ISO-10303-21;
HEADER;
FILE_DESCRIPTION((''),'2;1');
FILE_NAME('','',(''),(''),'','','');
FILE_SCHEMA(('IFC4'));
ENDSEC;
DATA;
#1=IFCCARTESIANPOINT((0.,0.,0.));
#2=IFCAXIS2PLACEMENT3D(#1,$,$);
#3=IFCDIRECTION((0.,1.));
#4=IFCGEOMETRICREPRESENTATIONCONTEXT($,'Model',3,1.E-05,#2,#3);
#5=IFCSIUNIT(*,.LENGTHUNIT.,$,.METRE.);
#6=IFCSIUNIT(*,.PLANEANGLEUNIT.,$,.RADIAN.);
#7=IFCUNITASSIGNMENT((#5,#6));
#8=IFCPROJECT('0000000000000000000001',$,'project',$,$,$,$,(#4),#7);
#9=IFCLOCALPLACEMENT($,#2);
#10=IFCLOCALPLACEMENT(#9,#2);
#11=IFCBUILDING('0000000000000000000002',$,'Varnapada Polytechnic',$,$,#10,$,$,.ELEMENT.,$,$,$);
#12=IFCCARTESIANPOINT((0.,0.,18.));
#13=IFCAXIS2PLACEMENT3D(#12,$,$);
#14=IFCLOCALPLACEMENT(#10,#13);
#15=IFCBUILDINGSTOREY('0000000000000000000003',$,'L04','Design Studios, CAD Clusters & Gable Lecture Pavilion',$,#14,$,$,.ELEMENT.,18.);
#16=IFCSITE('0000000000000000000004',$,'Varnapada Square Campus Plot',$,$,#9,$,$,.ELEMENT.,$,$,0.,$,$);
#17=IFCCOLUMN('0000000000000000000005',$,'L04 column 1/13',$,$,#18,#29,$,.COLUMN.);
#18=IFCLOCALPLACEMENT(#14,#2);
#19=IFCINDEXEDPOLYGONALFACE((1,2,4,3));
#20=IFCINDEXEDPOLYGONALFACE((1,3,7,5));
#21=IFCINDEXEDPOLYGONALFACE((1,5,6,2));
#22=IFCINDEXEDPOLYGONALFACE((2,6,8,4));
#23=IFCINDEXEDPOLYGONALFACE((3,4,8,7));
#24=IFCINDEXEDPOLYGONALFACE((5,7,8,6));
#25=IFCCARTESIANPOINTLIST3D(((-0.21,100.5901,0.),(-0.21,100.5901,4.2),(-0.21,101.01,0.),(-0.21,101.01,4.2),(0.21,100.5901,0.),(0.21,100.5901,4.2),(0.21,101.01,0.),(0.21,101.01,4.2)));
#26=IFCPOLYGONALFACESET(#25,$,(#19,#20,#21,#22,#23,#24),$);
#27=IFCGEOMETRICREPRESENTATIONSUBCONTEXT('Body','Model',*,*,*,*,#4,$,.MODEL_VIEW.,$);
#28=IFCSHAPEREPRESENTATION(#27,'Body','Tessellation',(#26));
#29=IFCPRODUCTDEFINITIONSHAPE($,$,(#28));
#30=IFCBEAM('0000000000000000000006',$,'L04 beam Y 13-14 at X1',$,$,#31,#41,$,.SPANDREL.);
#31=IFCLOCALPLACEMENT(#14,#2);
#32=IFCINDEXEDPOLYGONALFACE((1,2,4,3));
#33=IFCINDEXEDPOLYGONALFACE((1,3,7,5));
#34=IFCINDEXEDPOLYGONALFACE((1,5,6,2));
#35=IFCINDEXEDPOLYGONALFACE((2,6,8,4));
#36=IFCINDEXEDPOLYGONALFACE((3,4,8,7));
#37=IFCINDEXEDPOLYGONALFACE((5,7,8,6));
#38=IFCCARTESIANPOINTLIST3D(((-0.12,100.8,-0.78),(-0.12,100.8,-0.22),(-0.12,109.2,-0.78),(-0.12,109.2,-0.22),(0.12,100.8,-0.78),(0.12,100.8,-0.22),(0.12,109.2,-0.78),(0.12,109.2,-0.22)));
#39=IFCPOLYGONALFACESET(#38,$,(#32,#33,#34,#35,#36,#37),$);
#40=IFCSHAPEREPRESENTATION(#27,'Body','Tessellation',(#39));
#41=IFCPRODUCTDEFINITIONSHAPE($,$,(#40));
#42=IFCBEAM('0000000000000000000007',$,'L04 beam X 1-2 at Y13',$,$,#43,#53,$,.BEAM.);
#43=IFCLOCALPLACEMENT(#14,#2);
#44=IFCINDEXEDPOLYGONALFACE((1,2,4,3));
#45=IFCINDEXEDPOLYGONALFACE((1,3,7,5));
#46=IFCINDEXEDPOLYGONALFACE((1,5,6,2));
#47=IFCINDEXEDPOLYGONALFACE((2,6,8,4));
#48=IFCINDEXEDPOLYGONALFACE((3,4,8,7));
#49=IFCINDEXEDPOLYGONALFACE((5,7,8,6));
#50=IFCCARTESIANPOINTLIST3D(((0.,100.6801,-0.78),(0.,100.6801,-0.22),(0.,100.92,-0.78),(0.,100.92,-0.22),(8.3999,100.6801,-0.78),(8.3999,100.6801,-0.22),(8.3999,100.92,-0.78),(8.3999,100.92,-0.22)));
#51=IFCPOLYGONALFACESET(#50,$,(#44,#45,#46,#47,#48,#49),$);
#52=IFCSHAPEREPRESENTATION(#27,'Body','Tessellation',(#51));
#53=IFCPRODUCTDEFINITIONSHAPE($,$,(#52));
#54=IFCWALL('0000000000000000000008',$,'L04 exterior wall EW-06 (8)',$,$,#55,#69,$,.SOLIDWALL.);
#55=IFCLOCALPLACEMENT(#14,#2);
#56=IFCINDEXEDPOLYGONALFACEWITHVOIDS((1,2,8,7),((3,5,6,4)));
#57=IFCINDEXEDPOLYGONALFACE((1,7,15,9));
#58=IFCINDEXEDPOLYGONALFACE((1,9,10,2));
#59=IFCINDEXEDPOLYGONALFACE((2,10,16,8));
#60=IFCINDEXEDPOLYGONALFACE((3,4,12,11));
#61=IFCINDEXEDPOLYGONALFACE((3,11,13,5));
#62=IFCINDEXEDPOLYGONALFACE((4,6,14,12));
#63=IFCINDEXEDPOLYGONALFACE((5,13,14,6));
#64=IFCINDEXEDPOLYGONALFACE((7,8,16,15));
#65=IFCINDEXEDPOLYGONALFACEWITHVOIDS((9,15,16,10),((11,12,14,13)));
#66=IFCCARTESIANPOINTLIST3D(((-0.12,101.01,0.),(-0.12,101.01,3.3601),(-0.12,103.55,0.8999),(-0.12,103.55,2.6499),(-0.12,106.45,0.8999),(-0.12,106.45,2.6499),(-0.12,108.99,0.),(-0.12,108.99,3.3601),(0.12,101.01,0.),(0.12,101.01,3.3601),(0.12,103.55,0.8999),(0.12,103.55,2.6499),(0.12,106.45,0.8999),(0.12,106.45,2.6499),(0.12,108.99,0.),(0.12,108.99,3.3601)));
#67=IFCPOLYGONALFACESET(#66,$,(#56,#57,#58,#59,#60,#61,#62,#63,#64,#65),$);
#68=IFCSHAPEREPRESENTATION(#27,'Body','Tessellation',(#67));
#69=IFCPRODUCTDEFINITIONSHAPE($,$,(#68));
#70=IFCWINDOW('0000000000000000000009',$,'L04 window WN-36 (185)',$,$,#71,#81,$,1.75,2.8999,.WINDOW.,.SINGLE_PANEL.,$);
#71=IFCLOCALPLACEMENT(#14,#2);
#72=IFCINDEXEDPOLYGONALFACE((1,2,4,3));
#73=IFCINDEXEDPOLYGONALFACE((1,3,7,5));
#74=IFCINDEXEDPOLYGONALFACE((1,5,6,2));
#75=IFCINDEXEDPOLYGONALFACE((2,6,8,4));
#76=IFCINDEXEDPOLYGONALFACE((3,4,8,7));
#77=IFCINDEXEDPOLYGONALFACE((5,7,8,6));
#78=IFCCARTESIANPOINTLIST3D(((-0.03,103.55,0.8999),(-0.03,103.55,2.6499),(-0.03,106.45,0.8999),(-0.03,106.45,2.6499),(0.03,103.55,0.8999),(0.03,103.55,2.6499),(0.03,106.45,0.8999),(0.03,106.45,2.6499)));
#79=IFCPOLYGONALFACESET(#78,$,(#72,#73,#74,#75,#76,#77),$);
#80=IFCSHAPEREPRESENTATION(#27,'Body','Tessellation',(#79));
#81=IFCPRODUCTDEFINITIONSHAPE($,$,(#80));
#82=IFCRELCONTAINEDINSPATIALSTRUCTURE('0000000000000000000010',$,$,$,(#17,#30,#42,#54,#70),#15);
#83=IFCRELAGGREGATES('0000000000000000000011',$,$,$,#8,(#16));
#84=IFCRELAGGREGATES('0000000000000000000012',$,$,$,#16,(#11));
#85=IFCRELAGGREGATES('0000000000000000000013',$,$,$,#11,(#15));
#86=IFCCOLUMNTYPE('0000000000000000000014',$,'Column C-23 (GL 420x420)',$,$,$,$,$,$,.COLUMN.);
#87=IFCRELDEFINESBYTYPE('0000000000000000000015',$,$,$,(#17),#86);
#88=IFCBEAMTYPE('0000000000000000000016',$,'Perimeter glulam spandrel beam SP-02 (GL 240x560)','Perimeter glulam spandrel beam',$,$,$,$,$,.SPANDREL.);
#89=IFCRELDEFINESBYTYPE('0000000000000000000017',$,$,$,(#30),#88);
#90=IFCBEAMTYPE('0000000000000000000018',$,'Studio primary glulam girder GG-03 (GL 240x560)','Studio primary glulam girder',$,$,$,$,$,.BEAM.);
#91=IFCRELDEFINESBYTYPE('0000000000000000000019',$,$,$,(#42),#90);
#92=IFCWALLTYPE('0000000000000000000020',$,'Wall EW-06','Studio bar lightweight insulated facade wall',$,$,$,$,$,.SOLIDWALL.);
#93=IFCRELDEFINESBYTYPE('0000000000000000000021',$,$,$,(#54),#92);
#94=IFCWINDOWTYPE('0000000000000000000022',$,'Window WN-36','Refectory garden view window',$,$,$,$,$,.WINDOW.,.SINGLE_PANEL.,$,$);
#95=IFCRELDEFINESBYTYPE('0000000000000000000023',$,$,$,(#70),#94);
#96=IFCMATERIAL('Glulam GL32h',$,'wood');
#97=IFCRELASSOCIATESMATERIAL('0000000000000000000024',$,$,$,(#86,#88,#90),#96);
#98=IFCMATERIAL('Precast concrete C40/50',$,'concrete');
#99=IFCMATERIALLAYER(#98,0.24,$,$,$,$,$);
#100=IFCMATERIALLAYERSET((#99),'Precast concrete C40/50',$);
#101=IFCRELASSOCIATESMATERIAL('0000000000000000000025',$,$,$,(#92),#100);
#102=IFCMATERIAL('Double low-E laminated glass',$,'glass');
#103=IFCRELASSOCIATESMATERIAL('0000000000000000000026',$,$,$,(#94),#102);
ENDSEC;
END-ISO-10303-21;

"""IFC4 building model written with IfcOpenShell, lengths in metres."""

from ifc_helpers import new_model, si_unit, direction, frame, frame_2d, origin, origin_2d, place, context, subcontext, project, spatial, rectangle, extrude, material, layer, layer_set, material_profile, profile_set, type_object, element, fill, save


model = new_model("IFC4")

# Units and contexts
model_context = context("Model", 3, precision=1e-05, world=origin(), true_north=direction((0.0, 1.0)))
body_context = subcontext(model_context, "Body", "Model", "MODEL_VIEW")
ifc_project = project(units=[si_unit("LENGTHUNIT", "METRE"), si_unit("PLANEANGLEUNIT", "RADIAN")], contexts=[model_context])

# Site, building, storey
site_placement = place(None, origin())
site = spatial("IfcSite", under=ifc_project, at=site_placement, Name="Varnapada Square Campus Plot", CompositionType="ELEMENT", RefElevation=0.0)
building_placement = place(site_placement, origin())
building = spatial("IfcBuilding", under=site, at=building_placement, Name="Varnapada Polytechnic", CompositionType="ELEMENT")
storey_placement = place(building_placement, frame((0.0, 0.0, 18.0)))
storey = spatial("IfcBuildingStorey", under=building, at=storey_placement, Name="L04", Description="Design Studios, CAD Clusters & Gable Lecture Pavilion", CompositionType="ELEMENT", Elevation=18.0)

# Column
ifc_material_1 = material(Name="Glulam GL32h", Category="wood")
ifc_material_profile_1 = material_profile(ifc_material_1, rectangle(XDim=0.4199, YDim=0.4199, at=origin_2d()), Name="GL 420x420")
ifc_profile_set_1 = profile_set([ifc_material_profile_1], Name="Glulam GL32h")
column_type = type_object("IfcColumnType", Name="Column C-23 (GL 420x420)", PredefinedType="COLUMN", material=ifc_profile_set_1)
column_placement = place(storey_placement, frame((0.0, 100.8, 0.0), z_axis=(0.0, 0.0, 1.0), x_axis=(1.0, 0.0, 0.0)))
element("IfcColumn", 1, at=column_placement, inside=storey, type_object=column_type, Name="L04 column 1/13", PredefinedType="COLUMN", context=body_context, shape_type="SweptSolid", body=[
    extrude(rectangle(XDim=0.4199, YDim=0.4199, at=origin_2d()), origin(), (0.0, 0.0, 1.0), 4.2),
])

# Beams
ifc_material_profile_2 = material_profile(ifc_material_1, rectangle(XDim=0.24, YDim=0.5601, at=origin_2d()), Name="GL 240x560")
ifc_profile_set_2 = profile_set([ifc_material_profile_2], Name="Glulam GL32h")
beam_type_1 = type_object("IfcBeamType", Name="Perimeter glulam spandrel beam SP-02 (GL 240x560)", Description="Perimeter glulam spandrel beam", PredefinedType="SPANDREL", material=ifc_profile_set_2)
beam_1_placement = place(storey_placement, frame((0.0, 100.8, -0.5), z_axis=(0.0, 1.0, 0.0), x_axis=(-1.0, 0.0, 0.0)))
element("IfcBeam", 2, at=beam_1_placement, inside=storey, type_object=beam_type_1, Name="L04 beam Y 13-14 at X1", PredefinedType="SPANDREL", context=body_context, shape_type="SweptSolid", body=[
    extrude(rectangle(XDim=0.24, YDim=0.5601, at=origin_2d()), origin(), (0.0, 0.0, 1.0), 8.3999),
])
ifc_material_profile_3 = material_profile(ifc_material_1, rectangle(XDim=0.24, YDim=0.5601, at=origin_2d()), Name="GL 240x560")
ifc_profile_set_3 = profile_set([ifc_material_profile_3], Name="Glulam GL32h")
beam_type_2 = type_object("IfcBeamType", Name="Studio primary glulam girder GG-03 (GL 240x560)", Description="Studio primary glulam girder", PredefinedType="BEAM", material=ifc_profile_set_3)
beam_2_placement = place(storey_placement, frame((0.0, 100.8, -0.5), z_axis=(1.0, 0.0, 0.0), x_axis=(0.0, 1.0, 0.0)))
element("IfcBeam", 3, at=beam_2_placement, inside=storey, type_object=beam_type_2, Name="L04 beam X 1-2 at Y13", PredefinedType="BEAM", context=body_context, shape_type="SweptSolid", body=[
    extrude(rectangle(XDim=0.24, YDim=0.5601, at=origin_2d()), origin(), (0.0, 0.0, 1.0), 8.3999),
])

# Wall, opening, window
ifc_material_2 = material(Name="Precast concrete C40/50", Category="concrete")
ifc_layer_1 = layer(ifc_material_2, 0.24)
ifc_layer_set_1 = layer_set([ifc_layer_1], Name="Precast concrete C40/50")
wall_type = type_object("IfcWallType", Name="Wall EW-06", Description="Studio bar lightweight insulated facade wall", PredefinedType="SOLIDWALL", material=ifc_layer_set_1)
wall_placement = place(storey_placement, frame((0.0, 101.01, 0.0), z_axis=(0.0, 0.0, 1.0), x_axis=(0.0, 1.0, 0.0)))
wall = element("IfcWall", 4, at=wall_placement, inside=storey, type_object=wall_type, Name="L04 exterior wall EW-06 (8)", PredefinedType="SOLIDWALL", context=body_context, shape_type="SweptSolid", body=[
    extrude(rectangle(XDim=7.98, YDim=0.24, at=frame_2d((3.99, 0.0))), origin(), (0.0, 0.0, 1.0), 3.3601),
])
opening_1_placement = place(wall_placement, frame((2.54, 0.0, 0.8999)))
opening_1 = element("IfcOpeningElement", 5, at=opening_1_placement, cuts=wall, PredefinedType="OPENING", context=body_context, shape_type="SweptSolid", body=[
    extrude(rectangle(XDim=2.8999, YDim=1.75, at=frame_2d((1.45, 0.875))), frame((0.0, 0.1299, 0.0), z_axis=(0.0, -1.0, 0.0), x_axis=(1.0, 0.0, 0.0)), (0.0, 0.0, 1.0), 0.26),
])
ifc_material_3 = material(Name="Double low-E laminated glass", Category="glass")
window_type = type_object("IfcWindowType", Name="Window WN-36", Description="Refectory garden view window", PartitioningType="SINGLE_PANEL", PredefinedType="WINDOW", material=ifc_material_3)
window_placement = place(opening_1_placement, origin())
window = element("IfcWindow", 6, at=window_placement, inside=storey, type_object=window_type, Name="L04 window WN-36 (185)", OverallHeight=1.75, OverallWidth=2.8999, PartitioningType="SINGLE_PANEL", PredefinedType="WINDOW", context=body_context, shape_type="SweptSolid", body=[
    extrude(rectangle(XDim=2.8999, YDim=1.75, at=frame_2d((1.45, 0.875))), frame((0.0, 0.03, 0.0), z_axis=(0.0, -1.0, 0.0), x_axis=(1.0, 0.0, 0.0)), (0.0, 0.0, 1.0), 0.0601),
])
fill(opening_1, window)

save(model, "model.ifc")
